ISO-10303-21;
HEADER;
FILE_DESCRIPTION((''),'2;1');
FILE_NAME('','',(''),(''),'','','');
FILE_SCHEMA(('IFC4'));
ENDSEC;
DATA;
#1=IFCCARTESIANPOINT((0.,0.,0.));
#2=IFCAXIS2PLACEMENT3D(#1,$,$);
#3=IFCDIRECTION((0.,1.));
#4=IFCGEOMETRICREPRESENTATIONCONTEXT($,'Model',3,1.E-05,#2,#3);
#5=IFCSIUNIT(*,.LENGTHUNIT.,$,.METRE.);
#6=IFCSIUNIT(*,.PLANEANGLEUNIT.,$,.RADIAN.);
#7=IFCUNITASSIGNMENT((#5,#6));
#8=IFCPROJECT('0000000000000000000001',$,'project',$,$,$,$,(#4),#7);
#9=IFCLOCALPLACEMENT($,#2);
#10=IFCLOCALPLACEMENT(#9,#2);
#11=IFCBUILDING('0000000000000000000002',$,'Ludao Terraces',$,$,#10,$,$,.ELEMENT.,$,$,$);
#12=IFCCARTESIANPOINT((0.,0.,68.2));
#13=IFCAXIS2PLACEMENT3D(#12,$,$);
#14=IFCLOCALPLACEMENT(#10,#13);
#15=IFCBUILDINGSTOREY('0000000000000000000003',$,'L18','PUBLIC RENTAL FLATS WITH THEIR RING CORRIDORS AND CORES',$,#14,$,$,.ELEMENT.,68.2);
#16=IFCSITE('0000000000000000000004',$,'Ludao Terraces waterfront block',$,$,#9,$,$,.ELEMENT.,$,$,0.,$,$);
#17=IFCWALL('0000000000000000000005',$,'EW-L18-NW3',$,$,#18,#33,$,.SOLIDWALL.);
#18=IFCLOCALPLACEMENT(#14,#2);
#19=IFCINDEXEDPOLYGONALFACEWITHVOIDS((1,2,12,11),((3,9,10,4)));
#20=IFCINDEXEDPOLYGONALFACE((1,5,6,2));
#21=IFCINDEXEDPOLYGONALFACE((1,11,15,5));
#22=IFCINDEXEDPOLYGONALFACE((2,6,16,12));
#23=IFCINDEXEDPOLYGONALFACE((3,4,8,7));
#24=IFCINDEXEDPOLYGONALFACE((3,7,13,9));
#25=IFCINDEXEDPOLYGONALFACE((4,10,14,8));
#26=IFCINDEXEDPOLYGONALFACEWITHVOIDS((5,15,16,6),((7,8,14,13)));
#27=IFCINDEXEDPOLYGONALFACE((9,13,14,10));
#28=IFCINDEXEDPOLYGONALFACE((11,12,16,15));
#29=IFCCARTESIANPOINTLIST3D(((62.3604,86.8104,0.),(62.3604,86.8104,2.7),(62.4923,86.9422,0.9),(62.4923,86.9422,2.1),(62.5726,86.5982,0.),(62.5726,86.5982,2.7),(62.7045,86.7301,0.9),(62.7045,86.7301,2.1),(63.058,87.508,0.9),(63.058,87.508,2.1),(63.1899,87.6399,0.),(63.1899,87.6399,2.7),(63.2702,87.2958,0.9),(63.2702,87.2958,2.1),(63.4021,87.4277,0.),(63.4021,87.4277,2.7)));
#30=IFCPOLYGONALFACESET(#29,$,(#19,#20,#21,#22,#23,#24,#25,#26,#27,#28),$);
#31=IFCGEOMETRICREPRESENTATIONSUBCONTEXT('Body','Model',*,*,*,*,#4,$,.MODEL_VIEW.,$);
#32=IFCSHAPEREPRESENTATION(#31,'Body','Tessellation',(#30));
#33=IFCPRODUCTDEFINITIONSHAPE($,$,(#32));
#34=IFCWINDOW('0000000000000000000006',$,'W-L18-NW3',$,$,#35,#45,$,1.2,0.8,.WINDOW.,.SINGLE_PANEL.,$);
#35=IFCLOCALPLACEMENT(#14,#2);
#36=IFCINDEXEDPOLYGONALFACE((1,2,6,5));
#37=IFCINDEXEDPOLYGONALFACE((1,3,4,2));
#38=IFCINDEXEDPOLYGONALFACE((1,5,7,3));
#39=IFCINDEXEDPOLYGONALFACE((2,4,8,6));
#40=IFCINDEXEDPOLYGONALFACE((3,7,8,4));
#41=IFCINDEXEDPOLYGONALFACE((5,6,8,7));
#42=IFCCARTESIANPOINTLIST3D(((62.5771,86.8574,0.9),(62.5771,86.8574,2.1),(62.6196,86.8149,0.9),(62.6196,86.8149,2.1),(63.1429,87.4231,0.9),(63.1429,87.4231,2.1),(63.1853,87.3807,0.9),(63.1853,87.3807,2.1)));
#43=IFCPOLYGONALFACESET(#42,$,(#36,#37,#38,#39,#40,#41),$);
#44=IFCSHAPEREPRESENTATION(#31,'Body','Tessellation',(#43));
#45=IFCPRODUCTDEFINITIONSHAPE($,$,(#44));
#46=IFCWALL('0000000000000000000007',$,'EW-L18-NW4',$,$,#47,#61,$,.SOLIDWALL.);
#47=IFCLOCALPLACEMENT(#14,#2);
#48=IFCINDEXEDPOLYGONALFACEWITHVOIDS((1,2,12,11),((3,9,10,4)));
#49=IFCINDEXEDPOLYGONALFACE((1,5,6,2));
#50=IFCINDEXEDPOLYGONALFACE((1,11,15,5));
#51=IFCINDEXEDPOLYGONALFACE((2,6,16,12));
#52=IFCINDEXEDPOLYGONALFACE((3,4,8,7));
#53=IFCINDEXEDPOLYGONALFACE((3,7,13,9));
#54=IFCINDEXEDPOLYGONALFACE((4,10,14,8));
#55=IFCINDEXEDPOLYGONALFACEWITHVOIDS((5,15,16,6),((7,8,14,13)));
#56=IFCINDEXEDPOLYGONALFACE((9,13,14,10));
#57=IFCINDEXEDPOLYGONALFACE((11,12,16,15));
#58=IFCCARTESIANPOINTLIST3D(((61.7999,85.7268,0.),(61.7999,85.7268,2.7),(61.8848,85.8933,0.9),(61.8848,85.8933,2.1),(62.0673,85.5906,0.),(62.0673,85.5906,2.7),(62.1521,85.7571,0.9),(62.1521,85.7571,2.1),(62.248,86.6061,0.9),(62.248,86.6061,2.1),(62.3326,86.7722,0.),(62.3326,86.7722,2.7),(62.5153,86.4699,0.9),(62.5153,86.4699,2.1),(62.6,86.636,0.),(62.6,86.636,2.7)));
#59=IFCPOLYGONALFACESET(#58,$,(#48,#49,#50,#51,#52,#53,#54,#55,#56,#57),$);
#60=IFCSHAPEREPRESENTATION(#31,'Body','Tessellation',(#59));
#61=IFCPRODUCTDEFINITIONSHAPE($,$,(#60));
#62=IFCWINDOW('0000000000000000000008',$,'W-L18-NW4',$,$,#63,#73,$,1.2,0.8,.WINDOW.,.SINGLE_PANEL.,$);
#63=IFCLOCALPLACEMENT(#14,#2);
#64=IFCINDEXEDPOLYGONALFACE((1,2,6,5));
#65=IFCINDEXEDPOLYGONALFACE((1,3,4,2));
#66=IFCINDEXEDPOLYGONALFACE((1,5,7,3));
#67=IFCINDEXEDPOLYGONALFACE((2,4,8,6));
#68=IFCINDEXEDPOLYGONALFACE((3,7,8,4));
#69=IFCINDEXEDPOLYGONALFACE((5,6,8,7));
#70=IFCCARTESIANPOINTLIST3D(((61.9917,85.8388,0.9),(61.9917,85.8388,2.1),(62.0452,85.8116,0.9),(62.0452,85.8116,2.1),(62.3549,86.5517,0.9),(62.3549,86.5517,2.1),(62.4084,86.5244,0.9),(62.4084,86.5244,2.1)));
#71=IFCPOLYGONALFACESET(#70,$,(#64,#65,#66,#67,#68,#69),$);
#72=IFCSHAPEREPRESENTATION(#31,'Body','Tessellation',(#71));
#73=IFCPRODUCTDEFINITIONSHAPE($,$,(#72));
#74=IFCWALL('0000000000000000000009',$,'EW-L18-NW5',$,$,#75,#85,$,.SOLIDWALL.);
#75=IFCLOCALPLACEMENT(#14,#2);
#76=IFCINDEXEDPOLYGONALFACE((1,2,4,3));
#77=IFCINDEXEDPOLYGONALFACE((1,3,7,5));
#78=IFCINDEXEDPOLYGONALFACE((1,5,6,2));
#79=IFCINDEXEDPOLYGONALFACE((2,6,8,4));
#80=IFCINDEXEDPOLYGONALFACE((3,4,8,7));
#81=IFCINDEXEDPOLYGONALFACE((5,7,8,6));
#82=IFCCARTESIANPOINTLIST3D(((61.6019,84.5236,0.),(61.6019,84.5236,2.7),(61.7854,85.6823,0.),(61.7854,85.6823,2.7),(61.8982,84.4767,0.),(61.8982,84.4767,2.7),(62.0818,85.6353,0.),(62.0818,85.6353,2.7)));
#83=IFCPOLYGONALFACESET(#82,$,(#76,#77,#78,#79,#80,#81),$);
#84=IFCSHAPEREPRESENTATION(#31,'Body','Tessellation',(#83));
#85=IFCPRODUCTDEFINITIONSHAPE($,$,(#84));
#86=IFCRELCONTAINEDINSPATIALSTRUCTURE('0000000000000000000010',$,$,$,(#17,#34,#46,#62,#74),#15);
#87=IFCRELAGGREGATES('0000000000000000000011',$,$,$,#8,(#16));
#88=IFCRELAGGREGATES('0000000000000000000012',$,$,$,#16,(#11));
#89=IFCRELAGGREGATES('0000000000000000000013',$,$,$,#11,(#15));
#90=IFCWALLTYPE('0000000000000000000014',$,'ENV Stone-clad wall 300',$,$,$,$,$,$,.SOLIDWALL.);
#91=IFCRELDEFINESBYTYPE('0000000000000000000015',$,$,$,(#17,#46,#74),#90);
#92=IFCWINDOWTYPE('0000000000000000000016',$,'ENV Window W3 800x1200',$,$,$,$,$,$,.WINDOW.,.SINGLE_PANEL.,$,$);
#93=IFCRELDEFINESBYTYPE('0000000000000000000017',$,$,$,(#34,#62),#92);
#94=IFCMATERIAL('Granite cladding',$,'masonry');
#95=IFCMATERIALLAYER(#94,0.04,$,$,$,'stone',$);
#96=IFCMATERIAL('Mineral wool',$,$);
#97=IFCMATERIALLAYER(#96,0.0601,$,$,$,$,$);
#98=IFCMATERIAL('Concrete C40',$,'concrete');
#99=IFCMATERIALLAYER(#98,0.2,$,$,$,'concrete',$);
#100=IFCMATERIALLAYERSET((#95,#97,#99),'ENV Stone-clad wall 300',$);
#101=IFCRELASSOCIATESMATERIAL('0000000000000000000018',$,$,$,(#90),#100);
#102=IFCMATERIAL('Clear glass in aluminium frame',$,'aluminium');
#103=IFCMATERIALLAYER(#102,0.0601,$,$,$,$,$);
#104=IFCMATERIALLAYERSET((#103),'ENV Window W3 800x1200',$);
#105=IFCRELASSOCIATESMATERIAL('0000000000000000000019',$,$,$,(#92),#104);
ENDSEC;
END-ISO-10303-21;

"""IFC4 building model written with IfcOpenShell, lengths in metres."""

from ifc_helpers import new_model, si_unit, direction, frame, frame_2d, origin, place, context, subcontext, project, spatial, rectangle, extrude, material, layer, layer_set, type_object, element, fill, save


model = new_model("IFC4")

# Units and contexts
model_context = context("Model", 3, precision=1e-05, world=origin(), true_north=direction((0.0, 1.0)))
body_context = subcontext(model_context, "Body", "Model", "MODEL_VIEW")
ifc_project = project(units=[si_unit("LENGTHUNIT", "METRE"), si_unit("PLANEANGLEUNIT", "RADIAN")], contexts=[model_context])

# Site, building, storey
site_placement = place(None, origin())
site = spatial("IfcSite", under=ifc_project, at=site_placement, Name="Ludao Terraces waterfront block", CompositionType="ELEMENT", RefElevation=0.0)
building_placement = place(site_placement, origin())
building = spatial("IfcBuilding", under=site, at=building_placement, Name="Ludao Terraces", CompositionType="ELEMENT")
storey_placement = place(building_placement, frame((0.0, 0.0, 68.2)))
storey = spatial("IfcBuildingStorey", under=building, at=storey_placement, Name="L18", Description="PUBLIC RENTAL FLATS WITH THEIR RING CORRIDORS AND CORES", CompositionType="ELEMENT", Elevation=68.2)

# Shared definitions
ifc_material_1 = material(Name="Concrete C40", Category="concrete")

# Shared definitions
ifc_material_2 = material(Name="Granite cladding", Category="masonry")
ifc_layer_1 = layer(ifc_material_2, 0.04, Category="stone")
ifc_material_3 = material(Name="Mineral wool")
ifc_layer_2 = layer(ifc_material_3, 0.0601)
ifc_layer_3 = layer(ifc_material_1, 0.2, Category="concrete")
ifc_layer_set_1 = layer_set([ifc_layer_1, ifc_layer_2, ifc_layer_3], Name="ENV Stone-clad wall 300")
wall_type_1 = type_object("IfcWallType", Name="ENV Stone-clad wall 300", PredefinedType="SOLIDWALL", material=ifc_layer_set_1)
ifc_material_4 = material(Name="Clear glass in aluminium frame", Category="aluminium")

# Walls, openings, windows
ifc_layer_4 = layer(ifc_material_4, 0.0601)
ifc_layer_set_2 = layer_set([ifc_layer_4], Name="ENV Window W3 800x1200")
window_type_1 = type_object("IfcWindowType", Name="ENV Window W3 800x1200", PartitioningType="SINGLE_PANEL", PredefinedType="WINDOW", material=ifc_layer_set_2)
wall_1_placement = place(storey_placement, frame((63.2959, 87.5337, 0.0), z_axis=(0.0, 0.0, 1.0), x_axis=(-0.707107, -0.707107, 0.0)))
wall_1 = element("IfcWall", 1, at=wall_1_placement, inside=storey, type_object=wall_type_1, Name="EW-L18-NW3", PredefinedType="SOLIDWALL", context=body_context, shape_type="SweptSolid", body=[
    extrude(rectangle(XDim=1.1731, YDim=0.3, at=frame_2d((0.5864, 0.0))), origin(), (0.0, 0.0, 1.0), 2.7),
])
opening_1_placement = place(wall_1_placement, frame((0.1865, 0.0, 0.8999)))
opening_1 = element("IfcOpeningElement", 2, at=opening_1_placement, cuts=wall_1, PredefinedType="OPENING", context=body_context, shape_type="SweptSolid", body=[
    extrude(rectangle(XDim=0.8, YDim=1.2, at=frame_2d((0.3999, 0.6001))), frame((0.0, 0.1602, 0.0), z_axis=(0.0, -1.0, 0.0), x_axis=(1.0, 0.0, 0.0)), (0.0, 0.0, 1.0), 0.3201),
])
window_1_placement = place(opening_1_placement, origin())
window_1 = element("IfcWindow", 3, at=window_1_placement, inside=storey, type_object=window_type_1, Name="W-L18-NW3", OverallHeight=1.2, OverallWidth=0.8, PartitioningType="SINGLE_PANEL", PredefinedType="WINDOW", context=body_context, shape_type="SweptSolid", body=[
    extrude(rectangle(XDim=0.8, YDim=1.2, at=frame_2d((0.3999, 0.6001))), frame((0.0, 0.03, 0.0), z_axis=(0.0, -1.0, 0.0), x_axis=(1.0, 0.0, 0.0)), (0.0, 0.0, 1.0), 0.0601),
])
fill(opening_1, window_1)
wall_2_placement = place(storey_placement, frame((62.4663, 86.7041, 0.0), z_axis=(0.0, 0.0, 1.0), x_axis=(-0.454026, -0.890989, 0.0)))
wall_2 = element("IfcWall", 4, at=wall_2_placement, inside=storey, type_object=wall_type_1, Name="EW-L18-NW4", PredefinedType="SOLIDWALL", context=body_context, shape_type="SweptSolid", body=[
    extrude(rectangle(XDim=1.1733, YDim=0.3, at=frame_2d((0.5867, 0.0))), origin(), (0.0, 0.0, 1.0), 2.7),
])
opening_2_placement = place(wall_2_placement, frame((0.1865, 0.0, 0.8999)))
opening_2 = element("IfcOpeningElement", 5, at=opening_2_placement, cuts=wall_2, PredefinedType="OPENING", context=body_context, shape_type="SweptSolid", body=[
    extrude(rectangle(XDim=0.8, YDim=1.2, at=frame_2d((0.3999, 0.6001))), frame((0.0, 0.1602, 0.0), z_axis=(0.0, -1.0, 0.0), x_axis=(1.0, 0.0, 0.0)), (0.0, 0.0, 1.0), 0.3201),
])
window_2_placement = place(opening_2_placement, origin())
window_2 = element("IfcWindow", 6, at=window_2_placement, inside=storey, type_object=window_type_1, Name="W-L18-NW4", OverallHeight=1.2, OverallWidth=0.8, PartitioningType="SINGLE_PANEL", PredefinedType="WINDOW", context=body_context, shape_type="SweptSolid", body=[
    extrude(rectangle(XDim=0.8, YDim=1.2, at=frame_2d((0.3999, 0.6001))), frame((0.0, 0.03, 0.0), z_axis=(0.0, -1.0, 0.0), x_axis=(1.0, 0.0, 0.0)), (0.0, 0.0, 1.0), 0.0601),
])
fill(opening_2, window_2)

# Wall
wall_3_placement = place(storey_placement, frame((61.9336, 85.6587, 0.0), z_axis=(0.0, 0.0, 1.0), x_axis=(-0.156497, -0.987678, 0.0)))
element("IfcWall", 7, at=wall_3_placement, inside=storey, type_object=wall_type_1, Name="EW-L18-NW5", PredefinedType="SOLIDWALL", context=body_context, shape_type="SweptSolid", body=[
    extrude(rectangle(XDim=1.1731, YDim=0.3, at=frame_2d((0.5864, 0.0))), origin(), (0.0, 0.0, 1.0), 2.7),
])

save(model, "model.ifc")
